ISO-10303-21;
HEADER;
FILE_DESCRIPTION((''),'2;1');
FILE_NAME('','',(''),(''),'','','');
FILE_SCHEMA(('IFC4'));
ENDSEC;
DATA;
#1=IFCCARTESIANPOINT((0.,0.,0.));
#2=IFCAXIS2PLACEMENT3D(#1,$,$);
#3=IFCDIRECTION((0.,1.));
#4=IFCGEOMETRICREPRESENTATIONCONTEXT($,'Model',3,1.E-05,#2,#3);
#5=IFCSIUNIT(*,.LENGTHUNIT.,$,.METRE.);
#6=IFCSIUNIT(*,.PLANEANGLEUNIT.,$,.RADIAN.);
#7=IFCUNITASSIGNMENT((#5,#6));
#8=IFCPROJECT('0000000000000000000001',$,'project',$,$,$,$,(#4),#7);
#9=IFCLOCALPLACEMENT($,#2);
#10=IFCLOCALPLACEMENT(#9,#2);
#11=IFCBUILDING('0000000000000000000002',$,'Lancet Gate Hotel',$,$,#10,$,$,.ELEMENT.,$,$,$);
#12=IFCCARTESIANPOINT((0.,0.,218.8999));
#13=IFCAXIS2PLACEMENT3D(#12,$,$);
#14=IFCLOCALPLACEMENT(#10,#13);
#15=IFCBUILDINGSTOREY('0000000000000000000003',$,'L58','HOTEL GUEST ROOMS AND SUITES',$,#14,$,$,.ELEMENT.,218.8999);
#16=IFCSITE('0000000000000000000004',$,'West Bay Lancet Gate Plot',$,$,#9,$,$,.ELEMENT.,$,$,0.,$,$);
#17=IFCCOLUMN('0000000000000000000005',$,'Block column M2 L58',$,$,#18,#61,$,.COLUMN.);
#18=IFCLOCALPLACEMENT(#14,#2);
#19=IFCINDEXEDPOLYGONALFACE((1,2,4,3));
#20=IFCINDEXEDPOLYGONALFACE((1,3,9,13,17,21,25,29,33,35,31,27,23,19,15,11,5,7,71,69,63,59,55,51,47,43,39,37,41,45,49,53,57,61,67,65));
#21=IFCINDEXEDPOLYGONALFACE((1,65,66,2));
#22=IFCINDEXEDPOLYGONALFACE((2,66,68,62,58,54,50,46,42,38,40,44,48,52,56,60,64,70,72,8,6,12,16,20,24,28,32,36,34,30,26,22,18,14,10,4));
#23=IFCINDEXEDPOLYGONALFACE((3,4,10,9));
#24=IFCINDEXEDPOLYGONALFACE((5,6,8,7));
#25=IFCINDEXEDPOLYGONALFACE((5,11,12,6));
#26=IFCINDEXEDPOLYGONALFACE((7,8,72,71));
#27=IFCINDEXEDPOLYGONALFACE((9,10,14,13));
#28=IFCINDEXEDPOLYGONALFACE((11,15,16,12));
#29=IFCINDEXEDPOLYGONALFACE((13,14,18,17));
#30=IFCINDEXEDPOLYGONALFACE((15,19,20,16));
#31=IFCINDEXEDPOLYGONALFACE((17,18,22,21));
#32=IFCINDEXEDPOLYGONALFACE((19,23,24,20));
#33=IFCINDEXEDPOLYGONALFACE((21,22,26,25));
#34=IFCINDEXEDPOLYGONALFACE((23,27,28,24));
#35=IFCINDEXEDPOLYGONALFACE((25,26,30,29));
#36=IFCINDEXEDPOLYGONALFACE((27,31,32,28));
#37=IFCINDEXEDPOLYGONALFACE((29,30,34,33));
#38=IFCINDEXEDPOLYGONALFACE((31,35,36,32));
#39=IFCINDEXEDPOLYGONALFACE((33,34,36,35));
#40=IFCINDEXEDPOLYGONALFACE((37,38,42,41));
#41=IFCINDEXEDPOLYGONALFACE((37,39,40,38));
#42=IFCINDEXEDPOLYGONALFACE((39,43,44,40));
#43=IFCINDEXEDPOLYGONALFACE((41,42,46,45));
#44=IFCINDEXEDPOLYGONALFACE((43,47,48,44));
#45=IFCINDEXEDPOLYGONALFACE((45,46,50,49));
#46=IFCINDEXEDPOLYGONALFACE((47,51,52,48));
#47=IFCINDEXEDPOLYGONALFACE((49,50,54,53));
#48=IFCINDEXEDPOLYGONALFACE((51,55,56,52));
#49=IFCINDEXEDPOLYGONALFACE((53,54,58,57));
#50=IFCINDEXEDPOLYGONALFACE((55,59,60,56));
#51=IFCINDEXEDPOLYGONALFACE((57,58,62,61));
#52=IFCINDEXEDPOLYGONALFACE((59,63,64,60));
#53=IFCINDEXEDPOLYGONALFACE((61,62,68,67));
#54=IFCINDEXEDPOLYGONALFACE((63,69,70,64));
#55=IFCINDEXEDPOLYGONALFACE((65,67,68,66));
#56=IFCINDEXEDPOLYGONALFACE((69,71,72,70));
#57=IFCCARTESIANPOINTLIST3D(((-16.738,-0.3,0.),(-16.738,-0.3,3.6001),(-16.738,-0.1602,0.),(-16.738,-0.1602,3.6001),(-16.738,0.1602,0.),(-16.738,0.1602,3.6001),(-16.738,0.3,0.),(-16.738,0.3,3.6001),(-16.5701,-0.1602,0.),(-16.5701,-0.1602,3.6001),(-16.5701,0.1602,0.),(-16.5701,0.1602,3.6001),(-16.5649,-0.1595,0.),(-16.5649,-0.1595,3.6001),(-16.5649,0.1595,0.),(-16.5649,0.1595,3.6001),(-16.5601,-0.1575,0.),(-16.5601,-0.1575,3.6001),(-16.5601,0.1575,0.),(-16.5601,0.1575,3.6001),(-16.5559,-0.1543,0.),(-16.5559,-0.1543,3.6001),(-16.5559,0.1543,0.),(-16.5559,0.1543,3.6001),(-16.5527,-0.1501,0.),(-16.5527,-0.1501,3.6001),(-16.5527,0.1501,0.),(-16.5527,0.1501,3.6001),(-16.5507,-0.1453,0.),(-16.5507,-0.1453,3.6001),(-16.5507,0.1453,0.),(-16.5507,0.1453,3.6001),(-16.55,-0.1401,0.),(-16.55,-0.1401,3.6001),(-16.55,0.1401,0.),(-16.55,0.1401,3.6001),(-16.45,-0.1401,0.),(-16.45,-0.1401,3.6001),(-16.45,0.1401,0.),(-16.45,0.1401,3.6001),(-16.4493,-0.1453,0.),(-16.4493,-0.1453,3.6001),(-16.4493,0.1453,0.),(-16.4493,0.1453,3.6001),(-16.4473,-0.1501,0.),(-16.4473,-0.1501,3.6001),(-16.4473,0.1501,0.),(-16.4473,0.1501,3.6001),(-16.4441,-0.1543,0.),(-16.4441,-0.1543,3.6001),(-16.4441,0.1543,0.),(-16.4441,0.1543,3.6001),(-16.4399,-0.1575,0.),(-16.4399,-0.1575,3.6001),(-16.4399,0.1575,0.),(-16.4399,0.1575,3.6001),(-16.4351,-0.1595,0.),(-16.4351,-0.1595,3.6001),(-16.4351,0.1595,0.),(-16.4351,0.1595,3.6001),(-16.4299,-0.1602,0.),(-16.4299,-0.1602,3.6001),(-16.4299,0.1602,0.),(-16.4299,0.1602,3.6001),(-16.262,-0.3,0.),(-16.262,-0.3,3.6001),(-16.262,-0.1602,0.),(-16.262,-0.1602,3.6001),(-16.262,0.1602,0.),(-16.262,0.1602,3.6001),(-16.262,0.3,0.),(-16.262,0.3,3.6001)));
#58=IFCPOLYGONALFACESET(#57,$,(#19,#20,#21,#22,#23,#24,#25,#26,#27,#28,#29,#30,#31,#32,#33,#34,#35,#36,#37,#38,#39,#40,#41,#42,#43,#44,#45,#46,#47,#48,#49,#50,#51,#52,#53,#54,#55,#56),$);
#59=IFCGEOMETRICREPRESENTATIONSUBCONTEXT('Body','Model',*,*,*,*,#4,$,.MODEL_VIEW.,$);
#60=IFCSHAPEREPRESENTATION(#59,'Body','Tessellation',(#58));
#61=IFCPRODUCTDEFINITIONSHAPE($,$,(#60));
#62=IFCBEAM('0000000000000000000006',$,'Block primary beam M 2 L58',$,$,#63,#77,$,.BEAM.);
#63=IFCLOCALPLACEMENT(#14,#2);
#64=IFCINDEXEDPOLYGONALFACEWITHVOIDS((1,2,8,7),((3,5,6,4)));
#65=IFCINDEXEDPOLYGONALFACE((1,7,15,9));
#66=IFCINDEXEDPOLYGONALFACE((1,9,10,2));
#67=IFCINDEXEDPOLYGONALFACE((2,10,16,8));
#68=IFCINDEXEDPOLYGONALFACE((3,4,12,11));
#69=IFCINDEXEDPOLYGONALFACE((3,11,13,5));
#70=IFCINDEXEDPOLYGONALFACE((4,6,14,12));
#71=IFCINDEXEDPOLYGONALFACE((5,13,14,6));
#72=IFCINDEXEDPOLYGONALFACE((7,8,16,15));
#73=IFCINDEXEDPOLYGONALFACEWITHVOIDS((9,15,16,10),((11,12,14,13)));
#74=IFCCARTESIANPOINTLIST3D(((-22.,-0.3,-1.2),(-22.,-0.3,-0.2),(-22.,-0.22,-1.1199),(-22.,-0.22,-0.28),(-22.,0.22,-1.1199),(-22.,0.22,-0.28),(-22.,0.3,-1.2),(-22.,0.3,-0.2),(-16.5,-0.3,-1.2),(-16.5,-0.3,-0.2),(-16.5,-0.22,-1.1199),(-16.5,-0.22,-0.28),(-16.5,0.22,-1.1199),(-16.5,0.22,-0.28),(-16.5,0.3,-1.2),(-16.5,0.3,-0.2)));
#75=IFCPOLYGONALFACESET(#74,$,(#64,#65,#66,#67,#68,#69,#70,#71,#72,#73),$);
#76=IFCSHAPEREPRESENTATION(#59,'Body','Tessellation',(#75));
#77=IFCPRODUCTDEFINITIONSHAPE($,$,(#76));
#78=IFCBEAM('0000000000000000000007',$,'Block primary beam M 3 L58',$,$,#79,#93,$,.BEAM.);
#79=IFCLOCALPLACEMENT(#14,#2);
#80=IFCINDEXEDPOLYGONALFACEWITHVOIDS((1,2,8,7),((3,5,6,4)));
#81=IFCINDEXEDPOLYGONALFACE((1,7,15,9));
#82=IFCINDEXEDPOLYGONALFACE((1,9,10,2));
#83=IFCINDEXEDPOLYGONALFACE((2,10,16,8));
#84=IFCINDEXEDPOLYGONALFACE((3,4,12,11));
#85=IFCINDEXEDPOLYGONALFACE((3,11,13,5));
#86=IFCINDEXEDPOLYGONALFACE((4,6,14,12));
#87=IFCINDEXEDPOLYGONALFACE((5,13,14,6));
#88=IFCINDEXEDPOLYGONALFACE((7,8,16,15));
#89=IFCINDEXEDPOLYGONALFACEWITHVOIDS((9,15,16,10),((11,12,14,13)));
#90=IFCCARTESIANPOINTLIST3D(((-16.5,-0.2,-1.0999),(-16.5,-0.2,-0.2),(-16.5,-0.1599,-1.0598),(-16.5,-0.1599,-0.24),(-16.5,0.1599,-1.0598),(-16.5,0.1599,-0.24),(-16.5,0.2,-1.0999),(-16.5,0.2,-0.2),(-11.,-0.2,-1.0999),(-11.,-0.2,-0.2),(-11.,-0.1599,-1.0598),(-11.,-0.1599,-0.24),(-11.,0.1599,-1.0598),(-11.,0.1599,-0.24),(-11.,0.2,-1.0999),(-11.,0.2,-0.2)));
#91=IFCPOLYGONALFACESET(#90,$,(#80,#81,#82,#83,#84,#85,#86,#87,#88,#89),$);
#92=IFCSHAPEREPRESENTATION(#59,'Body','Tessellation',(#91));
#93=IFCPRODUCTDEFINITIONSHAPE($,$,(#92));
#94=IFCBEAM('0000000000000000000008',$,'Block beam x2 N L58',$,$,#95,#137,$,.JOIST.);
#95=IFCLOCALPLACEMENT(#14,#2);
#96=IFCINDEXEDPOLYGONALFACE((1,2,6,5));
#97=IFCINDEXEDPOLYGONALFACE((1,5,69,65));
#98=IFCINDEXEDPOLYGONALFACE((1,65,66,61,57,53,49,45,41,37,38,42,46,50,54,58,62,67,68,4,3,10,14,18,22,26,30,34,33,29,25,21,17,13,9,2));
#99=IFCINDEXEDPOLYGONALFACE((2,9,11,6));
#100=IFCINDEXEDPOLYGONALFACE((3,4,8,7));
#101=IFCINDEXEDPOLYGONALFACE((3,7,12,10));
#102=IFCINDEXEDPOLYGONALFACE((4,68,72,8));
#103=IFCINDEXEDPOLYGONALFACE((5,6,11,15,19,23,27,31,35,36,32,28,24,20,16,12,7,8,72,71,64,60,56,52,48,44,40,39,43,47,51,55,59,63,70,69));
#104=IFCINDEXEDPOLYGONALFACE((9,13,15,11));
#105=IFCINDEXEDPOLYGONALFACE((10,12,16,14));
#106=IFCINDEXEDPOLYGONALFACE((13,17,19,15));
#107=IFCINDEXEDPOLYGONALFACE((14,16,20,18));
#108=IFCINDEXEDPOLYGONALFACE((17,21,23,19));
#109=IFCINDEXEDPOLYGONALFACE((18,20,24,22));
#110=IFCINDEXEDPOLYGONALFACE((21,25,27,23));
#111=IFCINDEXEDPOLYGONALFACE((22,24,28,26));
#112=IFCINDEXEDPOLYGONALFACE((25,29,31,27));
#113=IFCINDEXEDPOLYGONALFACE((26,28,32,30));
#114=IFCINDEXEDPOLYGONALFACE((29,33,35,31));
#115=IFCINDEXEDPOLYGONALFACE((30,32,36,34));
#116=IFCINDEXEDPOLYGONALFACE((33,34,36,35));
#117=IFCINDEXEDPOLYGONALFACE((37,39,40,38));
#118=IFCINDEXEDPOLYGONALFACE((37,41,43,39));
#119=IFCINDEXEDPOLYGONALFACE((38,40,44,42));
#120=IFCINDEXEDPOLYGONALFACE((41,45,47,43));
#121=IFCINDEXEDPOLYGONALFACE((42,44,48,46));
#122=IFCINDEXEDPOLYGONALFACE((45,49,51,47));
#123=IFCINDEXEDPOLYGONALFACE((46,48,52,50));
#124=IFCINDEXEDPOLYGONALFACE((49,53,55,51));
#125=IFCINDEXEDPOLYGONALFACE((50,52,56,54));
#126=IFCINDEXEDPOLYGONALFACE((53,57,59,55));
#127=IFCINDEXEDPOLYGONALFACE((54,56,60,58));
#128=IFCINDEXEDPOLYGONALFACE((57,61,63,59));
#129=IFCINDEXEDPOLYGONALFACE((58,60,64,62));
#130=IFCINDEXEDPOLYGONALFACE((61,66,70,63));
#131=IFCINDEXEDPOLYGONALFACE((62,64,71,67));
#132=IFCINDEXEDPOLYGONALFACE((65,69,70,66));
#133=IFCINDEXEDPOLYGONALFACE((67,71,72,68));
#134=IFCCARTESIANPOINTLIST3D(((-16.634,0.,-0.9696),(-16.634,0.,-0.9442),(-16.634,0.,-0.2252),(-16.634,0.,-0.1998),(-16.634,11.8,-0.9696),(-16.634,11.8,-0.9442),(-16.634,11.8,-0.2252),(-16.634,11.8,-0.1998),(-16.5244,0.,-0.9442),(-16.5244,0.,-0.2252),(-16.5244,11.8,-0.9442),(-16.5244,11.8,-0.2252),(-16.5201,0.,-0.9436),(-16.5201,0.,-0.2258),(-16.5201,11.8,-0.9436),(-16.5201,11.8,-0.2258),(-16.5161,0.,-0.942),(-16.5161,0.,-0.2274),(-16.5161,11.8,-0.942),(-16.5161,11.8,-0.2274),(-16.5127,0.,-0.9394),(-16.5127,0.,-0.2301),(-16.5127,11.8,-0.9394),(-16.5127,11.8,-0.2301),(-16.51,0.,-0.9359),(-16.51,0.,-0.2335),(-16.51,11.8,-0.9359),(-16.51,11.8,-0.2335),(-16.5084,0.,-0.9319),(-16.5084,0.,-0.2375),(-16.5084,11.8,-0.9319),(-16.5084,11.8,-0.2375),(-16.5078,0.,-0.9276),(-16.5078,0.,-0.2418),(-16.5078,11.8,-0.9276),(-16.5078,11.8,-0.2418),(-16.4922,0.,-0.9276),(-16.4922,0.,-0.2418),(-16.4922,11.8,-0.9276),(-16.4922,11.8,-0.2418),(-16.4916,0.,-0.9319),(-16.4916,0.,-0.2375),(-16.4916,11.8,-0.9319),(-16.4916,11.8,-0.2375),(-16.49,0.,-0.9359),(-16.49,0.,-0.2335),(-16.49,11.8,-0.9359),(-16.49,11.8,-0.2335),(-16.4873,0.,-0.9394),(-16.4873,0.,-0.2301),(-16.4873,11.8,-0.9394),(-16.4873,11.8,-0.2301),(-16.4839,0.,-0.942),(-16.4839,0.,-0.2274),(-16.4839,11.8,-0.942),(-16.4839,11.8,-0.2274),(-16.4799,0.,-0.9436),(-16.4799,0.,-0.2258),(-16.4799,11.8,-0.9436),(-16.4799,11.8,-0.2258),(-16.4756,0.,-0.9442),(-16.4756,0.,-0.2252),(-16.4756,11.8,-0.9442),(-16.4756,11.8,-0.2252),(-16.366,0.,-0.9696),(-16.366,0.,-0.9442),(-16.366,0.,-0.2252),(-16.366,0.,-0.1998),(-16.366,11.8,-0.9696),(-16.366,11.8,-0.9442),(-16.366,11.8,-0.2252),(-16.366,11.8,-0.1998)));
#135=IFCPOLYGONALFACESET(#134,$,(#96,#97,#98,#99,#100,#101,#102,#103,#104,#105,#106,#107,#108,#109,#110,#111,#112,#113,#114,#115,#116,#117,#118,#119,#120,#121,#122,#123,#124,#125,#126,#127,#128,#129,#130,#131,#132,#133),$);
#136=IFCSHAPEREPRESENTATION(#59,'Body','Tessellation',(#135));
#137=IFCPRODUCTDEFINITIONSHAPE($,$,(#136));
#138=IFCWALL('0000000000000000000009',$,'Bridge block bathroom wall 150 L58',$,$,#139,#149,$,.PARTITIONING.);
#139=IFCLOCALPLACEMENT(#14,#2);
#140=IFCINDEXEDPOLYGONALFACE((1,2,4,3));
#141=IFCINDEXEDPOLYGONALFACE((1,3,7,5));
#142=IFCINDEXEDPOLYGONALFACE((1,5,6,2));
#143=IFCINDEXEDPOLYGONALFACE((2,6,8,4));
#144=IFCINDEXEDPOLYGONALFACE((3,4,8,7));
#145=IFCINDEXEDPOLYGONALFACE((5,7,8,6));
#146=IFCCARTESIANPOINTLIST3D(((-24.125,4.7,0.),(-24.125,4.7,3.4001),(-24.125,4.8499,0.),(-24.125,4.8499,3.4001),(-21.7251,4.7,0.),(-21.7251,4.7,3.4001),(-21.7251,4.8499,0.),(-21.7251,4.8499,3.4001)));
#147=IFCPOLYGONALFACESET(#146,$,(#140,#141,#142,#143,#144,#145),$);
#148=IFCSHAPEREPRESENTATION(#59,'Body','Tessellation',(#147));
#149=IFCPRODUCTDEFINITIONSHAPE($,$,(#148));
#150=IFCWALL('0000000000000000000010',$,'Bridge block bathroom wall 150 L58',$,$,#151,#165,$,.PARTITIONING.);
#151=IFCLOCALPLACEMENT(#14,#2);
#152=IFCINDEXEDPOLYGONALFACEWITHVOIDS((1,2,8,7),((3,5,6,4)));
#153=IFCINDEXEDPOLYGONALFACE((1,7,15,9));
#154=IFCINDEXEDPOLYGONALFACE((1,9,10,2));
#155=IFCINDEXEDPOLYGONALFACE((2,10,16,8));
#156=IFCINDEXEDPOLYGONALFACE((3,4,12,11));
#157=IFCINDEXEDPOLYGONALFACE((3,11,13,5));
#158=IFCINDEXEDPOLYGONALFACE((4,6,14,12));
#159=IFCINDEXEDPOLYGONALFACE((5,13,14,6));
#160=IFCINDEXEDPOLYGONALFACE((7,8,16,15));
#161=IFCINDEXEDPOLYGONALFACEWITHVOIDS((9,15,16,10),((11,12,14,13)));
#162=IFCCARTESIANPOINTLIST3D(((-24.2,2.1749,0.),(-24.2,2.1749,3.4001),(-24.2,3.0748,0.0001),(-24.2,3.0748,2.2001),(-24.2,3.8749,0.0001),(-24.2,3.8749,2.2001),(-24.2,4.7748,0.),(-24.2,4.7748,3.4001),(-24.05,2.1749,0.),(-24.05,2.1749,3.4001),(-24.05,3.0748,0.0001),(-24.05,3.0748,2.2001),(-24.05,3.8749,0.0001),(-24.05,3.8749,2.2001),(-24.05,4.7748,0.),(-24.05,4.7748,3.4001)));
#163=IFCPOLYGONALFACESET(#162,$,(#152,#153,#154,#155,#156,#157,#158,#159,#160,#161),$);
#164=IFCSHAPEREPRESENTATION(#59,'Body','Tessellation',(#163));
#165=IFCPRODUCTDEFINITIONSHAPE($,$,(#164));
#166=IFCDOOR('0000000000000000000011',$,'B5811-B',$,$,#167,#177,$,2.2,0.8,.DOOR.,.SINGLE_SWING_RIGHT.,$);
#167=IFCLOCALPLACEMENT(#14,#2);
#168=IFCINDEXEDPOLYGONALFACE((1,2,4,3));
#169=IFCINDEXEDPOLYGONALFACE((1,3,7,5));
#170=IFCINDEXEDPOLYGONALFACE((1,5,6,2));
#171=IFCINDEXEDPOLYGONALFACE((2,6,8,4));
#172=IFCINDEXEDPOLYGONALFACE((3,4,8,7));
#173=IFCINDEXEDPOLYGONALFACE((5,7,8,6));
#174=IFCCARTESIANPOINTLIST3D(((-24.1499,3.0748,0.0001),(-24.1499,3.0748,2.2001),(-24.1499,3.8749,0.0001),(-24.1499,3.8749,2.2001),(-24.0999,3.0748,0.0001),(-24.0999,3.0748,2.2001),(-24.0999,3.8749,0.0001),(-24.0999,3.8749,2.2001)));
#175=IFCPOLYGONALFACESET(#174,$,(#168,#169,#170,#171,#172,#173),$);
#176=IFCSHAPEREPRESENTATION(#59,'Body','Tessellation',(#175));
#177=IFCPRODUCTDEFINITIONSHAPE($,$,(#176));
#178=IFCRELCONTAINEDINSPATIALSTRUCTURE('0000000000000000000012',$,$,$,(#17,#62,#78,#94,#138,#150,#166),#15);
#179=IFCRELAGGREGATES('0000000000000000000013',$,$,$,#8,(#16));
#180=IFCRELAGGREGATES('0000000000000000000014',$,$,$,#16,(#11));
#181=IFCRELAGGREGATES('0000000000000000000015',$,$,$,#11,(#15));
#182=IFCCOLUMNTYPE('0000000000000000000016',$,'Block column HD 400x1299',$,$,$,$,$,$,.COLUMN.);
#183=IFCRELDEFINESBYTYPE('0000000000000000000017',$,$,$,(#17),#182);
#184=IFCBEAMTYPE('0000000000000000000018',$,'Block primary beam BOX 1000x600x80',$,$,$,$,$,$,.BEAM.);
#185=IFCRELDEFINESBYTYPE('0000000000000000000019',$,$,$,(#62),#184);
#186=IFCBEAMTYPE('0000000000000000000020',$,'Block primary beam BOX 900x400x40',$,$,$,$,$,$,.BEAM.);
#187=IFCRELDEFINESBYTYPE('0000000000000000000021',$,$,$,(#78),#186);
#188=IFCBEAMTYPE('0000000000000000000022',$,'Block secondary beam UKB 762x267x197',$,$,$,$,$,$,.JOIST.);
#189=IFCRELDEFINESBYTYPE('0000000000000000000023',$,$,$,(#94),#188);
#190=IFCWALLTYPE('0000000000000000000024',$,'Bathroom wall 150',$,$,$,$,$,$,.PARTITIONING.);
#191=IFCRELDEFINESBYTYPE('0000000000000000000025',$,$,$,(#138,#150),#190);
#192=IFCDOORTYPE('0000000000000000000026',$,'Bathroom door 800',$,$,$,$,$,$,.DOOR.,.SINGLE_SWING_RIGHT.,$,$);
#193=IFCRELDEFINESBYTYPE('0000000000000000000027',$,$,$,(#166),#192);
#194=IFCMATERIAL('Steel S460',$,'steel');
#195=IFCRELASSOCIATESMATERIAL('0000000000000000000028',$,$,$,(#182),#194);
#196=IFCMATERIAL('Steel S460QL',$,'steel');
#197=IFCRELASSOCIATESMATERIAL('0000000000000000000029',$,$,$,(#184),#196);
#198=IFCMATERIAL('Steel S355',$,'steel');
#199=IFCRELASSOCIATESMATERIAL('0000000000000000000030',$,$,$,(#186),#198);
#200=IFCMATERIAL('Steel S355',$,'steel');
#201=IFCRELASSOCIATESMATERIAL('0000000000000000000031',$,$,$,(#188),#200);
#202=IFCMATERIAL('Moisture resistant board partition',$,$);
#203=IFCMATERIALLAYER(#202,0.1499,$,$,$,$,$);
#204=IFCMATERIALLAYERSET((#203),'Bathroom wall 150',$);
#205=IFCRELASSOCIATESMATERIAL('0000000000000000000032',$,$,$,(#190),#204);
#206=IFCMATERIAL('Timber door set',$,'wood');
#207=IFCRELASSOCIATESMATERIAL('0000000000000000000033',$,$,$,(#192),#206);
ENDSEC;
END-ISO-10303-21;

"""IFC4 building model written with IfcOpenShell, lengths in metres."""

from ifc_helpers import new_model, si_unit, direction, frame, frame_2d, origin, origin_2d, place, context, subcontext, project, spatial, rectangle, hollow_rectangle, i_section, extrude, material, layer, layer_set, material_profile, profile_set, type_object, element, fill, save


model = new_model("IFC4")

# Units and contexts
model_context = context("Model", 3, precision=1e-05, world=origin(), true_north=direction((0.0, 1.0)))
body_context = subcontext(model_context, "Body", "Model", "MODEL_VIEW")
ifc_project = project(units=[si_unit("LENGTHUNIT", "METRE"), si_unit("PLANEANGLEUNIT", "RADIAN")], contexts=[model_context])

# Site, building, storey
site_placement = place(None, origin())
site = spatial("IfcSite", under=ifc_project, at=site_placement, Name="West Bay Lancet Gate Plot", CompositionType="ELEMENT", RefElevation=0.0)
building_placement = place(site_placement, origin())
building = spatial("IfcBuilding", under=site, at=building_placement, Name="Lancet Gate Hotel", CompositionType="ELEMENT")
storey_placement = place(building_placement, frame((0.0, 0.0, 218.8999)))
storey = spatial("IfcBuildingStorey", under=building, at=storey_placement, Name="L58", Description="HOTEL GUEST ROOMS AND SUITES", CompositionType="ELEMENT", Elevation=218.8999)

# Column
ifc_material_1 = material(Name="Steel S460", Category="steel")
ifc_material_profile_1 = material_profile(ifc_material_1, i_section(OverallWidth=0.4761, OverallDepth=0.6001, WebThickness=0.1001, FlangeThickness=0.1399, FilletRadius=0.02, at=origin_2d()), Name="HD 400x1299")
ifc_profile_set_1 = profile_set([ifc_material_profile_1], Name="Steel S460")
column_type = type_object("IfcColumnType", Name="Block column HD 400x1299", PredefinedType="COLUMN", material=ifc_profile_set_1)
column_placement = place(storey_placement, frame((-16.5, 0.0, 0.0), z_axis=(0.0, 0.0, 1.0), x_axis=(1.0, 0.0, 0.0)))
element("IfcColumn", 1, at=column_placement, inside=storey, type_object=column_type, Name="Block column M2 L58", PredefinedType="COLUMN", context=body_context, shape_type="SweptSolid", body=[
    extrude(i_section(OverallWidth=0.4761, OverallDepth=0.6001, WebThickness=0.1001, FlangeThickness=0.1399, FilletRadius=0.02, at=origin_2d()), origin(), (0.0, 0.0, 1.0), 3.6001),
])

# Beams
ifc_material_2 = material(Name="Steel S460QL", Category="steel")
ifc_material_profile_2 = material_profile(ifc_material_2, hollow_rectangle(XDim=0.6001, YDim=1.0, WallThickness=0.0801, at=origin_2d()), Name="BOX 1000x600x80")
ifc_profile_set_2 = profile_set([ifc_material_profile_2], Name="Steel S460QL")
beam_type_1 = type_object("IfcBeamType", Name="Block primary beam BOX 1000x600x80", PredefinedType="BEAM", material=ifc_profile_set_2)
beam_1_placement = place(storey_placement, frame((-22.0, 0.0, -0.7), z_axis=(1.0, 0.0, 0.0), x_axis=(0.0, 1.0, 0.0)))
element("IfcBeam", 2, at=beam_1_placement, inside=storey, type_object=beam_type_1, Name="Block primary beam M 2 L58", PredefinedType="BEAM", context=body_context, shape_type="SweptSolid", body=[
    extrude(hollow_rectangle(XDim=0.6001, YDim=1.0, WallThickness=0.0801, at=origin_2d()), origin(), (0.0, 0.0, 1.0), 5.5),
])
ifc_material_3 = material(Name="Steel S355", Category="steel")
ifc_material_profile_3 = material_profile(ifc_material_3, hollow_rectangle(XDim=0.3999, YDim=0.8999, WallThickness=0.04, at=origin_2d()), Name="BOX 900x400x40")
ifc_profile_set_3 = profile_set([ifc_material_profile_3], Name="Steel S355")
beam_type_2 = type_object("IfcBeamType", Name="Block primary beam BOX 900x400x40", PredefinedType="BEAM", material=ifc_profile_set_3)
beam_2_placement = place(storey_placement, frame((-16.5, 0.0, -0.6499), z_axis=(1.0, 0.0, 0.0), x_axis=(0.0, 1.0, 0.0)))
element("IfcBeam", 3, at=beam_2_placement, inside=storey, type_object=beam_type_2, Name="Block primary beam M 3 L58", PredefinedType="BEAM", context=body_context, shape_type="SweptSolid", body=[
    extrude(hollow_rectangle(XDim=0.3999, YDim=0.8999, WallThickness=0.04, at=origin_2d()), origin(), (0.0, 0.0, 1.0), 5.5),
])
ifc_material_4 = material(Name="Steel S355", Category="steel")
ifc_material_profile_4 = material_profile(ifc_material_4, i_section(OverallWidth=0.2681, OverallDepth=0.7698, WebThickness=0.0156, FlangeThickness=0.0254, FilletRadius=0.0166, at=origin_2d()), Name="UKB 762x267x197")
ifc_profile_set_4 = profile_set([ifc_material_profile_4], Name="Steel S355")
beam_type_3 = type_object("IfcBeamType", Name="Block secondary beam UKB 762x267x197", PredefinedType="JOIST", material=ifc_profile_set_4)
beam_3_placement = place(storey_placement, frame((-16.5, 0.0, -0.5847), z_axis=(0.0, 1.0, 0.0), x_axis=(-1.0, 0.0, 0.0)))
element("IfcBeam", 4, at=beam_3_placement, inside=storey, type_object=beam_type_3, Name="Block beam x2 N L58", PredefinedType="JOIST", context=body_context, shape_type="SweptSolid", body=[
    extrude(i_section(OverallWidth=0.2681, OverallDepth=0.7698, WebThickness=0.0156, FlangeThickness=0.0254, FilletRadius=0.0166, at=origin_2d()), origin(), (0.0, 0.0, 1.0), 11.8),
])

# Wall
ifc_material_5 = material(Name="Moisture resistant board partition")
ifc_layer_1 = layer(ifc_material_5, 0.1499)
ifc_layer_set_1 = layer_set([ifc_layer_1], Name="Bathroom wall 150")
wall_type_1 = type_object("IfcWallType", Name="Bathroom wall 150", PredefinedType="PARTITIONING", material=ifc_layer_set_1)
wall_1_placement = place(storey_placement, frame((-24.125, 4.7749, 0.0), z_axis=(0.0, 0.0, 1.0), x_axis=(1.0, 0.0, 0.0)))
element("IfcWall", 5, at=wall_1_placement, inside=storey, type_object=wall_type_1, Name="Bridge block bathroom wall 150 L58", PredefinedType="PARTITIONING", context=body_context, shape_type="SweptSolid", body=[
    extrude(rectangle(XDim=2.3999, YDim=0.1499, at=frame_2d((1.2, 0.0))), origin(), (0.0, 0.0, 1.0), 3.4001),
])

# Wall, opening, door
wall_2_placement = place(storey_placement, frame((-24.125, 2.175, 0.0), z_axis=(0.0, 0.0, 1.0), x_axis=(0.0, 1.0, 0.0)))
wall_2 = element("IfcWall", 6, at=wall_2_placement, inside=storey, type_object=wall_type_1, Name="Bridge block bathroom wall 150 L58", PredefinedType="PARTITIONING", context=body_context, shape_type="SweptSolid", body=[
    extrude(rectangle(XDim=2.5999, YDim=0.1499, at=frame_2d((1.2998, 0.0))), origin(), (0.0, 0.0, 1.0), 3.4001),
])
opening_1_placement = place(wall_2_placement, frame((0.8999, 0.0, 0.0)))
opening_1 = element("IfcOpeningElement", 7, at=opening_1_placement, cuts=wall_2, PredefinedType="OPENING", context=body_context, shape_type="SweptSolid", body=[
    extrude(rectangle(XDim=0.8, YDim=2.2, at=frame_2d((0.3999, 1.1001))), frame((0.0, 0.085, 0.0), z_axis=(0.0, -1.0, 0.0), x_axis=(1.0, 0.0, 0.0)), (0.0, 0.0, 1.0), 0.1699),
])
ifc_material_6 = material(Name="Timber door set", Category="wood")
door_type = type_object("IfcDoorType", Name="Bathroom door 800", OperationType="SINGLE_SWING_RIGHT", PredefinedType="DOOR", material=ifc_material_6)
door_1_placement = place(opening_1_placement, origin())
door_1 = element("IfcDoor", 8, at=door_1_placement, inside=storey, type_object=door_type, Name="B5811-B", OperationType="SINGLE_SWING_RIGHT", OverallHeight=2.2, OverallWidth=0.8, PredefinedType="DOOR", context=body_context, shape_type="SweptSolid", body=[
    extrude(rectangle(XDim=0.8, YDim=2.2, at=frame_2d((0.3999, 1.1001))), frame((0.0, 0.0249, 0.0), z_axis=(0.0, -1.0, 0.0), x_axis=(1.0, 0.0, 0.0)), (0.0, 0.0, 1.0), 0.05),
])
fill(opening_1, door_1)

save(model, "model.ifc")
